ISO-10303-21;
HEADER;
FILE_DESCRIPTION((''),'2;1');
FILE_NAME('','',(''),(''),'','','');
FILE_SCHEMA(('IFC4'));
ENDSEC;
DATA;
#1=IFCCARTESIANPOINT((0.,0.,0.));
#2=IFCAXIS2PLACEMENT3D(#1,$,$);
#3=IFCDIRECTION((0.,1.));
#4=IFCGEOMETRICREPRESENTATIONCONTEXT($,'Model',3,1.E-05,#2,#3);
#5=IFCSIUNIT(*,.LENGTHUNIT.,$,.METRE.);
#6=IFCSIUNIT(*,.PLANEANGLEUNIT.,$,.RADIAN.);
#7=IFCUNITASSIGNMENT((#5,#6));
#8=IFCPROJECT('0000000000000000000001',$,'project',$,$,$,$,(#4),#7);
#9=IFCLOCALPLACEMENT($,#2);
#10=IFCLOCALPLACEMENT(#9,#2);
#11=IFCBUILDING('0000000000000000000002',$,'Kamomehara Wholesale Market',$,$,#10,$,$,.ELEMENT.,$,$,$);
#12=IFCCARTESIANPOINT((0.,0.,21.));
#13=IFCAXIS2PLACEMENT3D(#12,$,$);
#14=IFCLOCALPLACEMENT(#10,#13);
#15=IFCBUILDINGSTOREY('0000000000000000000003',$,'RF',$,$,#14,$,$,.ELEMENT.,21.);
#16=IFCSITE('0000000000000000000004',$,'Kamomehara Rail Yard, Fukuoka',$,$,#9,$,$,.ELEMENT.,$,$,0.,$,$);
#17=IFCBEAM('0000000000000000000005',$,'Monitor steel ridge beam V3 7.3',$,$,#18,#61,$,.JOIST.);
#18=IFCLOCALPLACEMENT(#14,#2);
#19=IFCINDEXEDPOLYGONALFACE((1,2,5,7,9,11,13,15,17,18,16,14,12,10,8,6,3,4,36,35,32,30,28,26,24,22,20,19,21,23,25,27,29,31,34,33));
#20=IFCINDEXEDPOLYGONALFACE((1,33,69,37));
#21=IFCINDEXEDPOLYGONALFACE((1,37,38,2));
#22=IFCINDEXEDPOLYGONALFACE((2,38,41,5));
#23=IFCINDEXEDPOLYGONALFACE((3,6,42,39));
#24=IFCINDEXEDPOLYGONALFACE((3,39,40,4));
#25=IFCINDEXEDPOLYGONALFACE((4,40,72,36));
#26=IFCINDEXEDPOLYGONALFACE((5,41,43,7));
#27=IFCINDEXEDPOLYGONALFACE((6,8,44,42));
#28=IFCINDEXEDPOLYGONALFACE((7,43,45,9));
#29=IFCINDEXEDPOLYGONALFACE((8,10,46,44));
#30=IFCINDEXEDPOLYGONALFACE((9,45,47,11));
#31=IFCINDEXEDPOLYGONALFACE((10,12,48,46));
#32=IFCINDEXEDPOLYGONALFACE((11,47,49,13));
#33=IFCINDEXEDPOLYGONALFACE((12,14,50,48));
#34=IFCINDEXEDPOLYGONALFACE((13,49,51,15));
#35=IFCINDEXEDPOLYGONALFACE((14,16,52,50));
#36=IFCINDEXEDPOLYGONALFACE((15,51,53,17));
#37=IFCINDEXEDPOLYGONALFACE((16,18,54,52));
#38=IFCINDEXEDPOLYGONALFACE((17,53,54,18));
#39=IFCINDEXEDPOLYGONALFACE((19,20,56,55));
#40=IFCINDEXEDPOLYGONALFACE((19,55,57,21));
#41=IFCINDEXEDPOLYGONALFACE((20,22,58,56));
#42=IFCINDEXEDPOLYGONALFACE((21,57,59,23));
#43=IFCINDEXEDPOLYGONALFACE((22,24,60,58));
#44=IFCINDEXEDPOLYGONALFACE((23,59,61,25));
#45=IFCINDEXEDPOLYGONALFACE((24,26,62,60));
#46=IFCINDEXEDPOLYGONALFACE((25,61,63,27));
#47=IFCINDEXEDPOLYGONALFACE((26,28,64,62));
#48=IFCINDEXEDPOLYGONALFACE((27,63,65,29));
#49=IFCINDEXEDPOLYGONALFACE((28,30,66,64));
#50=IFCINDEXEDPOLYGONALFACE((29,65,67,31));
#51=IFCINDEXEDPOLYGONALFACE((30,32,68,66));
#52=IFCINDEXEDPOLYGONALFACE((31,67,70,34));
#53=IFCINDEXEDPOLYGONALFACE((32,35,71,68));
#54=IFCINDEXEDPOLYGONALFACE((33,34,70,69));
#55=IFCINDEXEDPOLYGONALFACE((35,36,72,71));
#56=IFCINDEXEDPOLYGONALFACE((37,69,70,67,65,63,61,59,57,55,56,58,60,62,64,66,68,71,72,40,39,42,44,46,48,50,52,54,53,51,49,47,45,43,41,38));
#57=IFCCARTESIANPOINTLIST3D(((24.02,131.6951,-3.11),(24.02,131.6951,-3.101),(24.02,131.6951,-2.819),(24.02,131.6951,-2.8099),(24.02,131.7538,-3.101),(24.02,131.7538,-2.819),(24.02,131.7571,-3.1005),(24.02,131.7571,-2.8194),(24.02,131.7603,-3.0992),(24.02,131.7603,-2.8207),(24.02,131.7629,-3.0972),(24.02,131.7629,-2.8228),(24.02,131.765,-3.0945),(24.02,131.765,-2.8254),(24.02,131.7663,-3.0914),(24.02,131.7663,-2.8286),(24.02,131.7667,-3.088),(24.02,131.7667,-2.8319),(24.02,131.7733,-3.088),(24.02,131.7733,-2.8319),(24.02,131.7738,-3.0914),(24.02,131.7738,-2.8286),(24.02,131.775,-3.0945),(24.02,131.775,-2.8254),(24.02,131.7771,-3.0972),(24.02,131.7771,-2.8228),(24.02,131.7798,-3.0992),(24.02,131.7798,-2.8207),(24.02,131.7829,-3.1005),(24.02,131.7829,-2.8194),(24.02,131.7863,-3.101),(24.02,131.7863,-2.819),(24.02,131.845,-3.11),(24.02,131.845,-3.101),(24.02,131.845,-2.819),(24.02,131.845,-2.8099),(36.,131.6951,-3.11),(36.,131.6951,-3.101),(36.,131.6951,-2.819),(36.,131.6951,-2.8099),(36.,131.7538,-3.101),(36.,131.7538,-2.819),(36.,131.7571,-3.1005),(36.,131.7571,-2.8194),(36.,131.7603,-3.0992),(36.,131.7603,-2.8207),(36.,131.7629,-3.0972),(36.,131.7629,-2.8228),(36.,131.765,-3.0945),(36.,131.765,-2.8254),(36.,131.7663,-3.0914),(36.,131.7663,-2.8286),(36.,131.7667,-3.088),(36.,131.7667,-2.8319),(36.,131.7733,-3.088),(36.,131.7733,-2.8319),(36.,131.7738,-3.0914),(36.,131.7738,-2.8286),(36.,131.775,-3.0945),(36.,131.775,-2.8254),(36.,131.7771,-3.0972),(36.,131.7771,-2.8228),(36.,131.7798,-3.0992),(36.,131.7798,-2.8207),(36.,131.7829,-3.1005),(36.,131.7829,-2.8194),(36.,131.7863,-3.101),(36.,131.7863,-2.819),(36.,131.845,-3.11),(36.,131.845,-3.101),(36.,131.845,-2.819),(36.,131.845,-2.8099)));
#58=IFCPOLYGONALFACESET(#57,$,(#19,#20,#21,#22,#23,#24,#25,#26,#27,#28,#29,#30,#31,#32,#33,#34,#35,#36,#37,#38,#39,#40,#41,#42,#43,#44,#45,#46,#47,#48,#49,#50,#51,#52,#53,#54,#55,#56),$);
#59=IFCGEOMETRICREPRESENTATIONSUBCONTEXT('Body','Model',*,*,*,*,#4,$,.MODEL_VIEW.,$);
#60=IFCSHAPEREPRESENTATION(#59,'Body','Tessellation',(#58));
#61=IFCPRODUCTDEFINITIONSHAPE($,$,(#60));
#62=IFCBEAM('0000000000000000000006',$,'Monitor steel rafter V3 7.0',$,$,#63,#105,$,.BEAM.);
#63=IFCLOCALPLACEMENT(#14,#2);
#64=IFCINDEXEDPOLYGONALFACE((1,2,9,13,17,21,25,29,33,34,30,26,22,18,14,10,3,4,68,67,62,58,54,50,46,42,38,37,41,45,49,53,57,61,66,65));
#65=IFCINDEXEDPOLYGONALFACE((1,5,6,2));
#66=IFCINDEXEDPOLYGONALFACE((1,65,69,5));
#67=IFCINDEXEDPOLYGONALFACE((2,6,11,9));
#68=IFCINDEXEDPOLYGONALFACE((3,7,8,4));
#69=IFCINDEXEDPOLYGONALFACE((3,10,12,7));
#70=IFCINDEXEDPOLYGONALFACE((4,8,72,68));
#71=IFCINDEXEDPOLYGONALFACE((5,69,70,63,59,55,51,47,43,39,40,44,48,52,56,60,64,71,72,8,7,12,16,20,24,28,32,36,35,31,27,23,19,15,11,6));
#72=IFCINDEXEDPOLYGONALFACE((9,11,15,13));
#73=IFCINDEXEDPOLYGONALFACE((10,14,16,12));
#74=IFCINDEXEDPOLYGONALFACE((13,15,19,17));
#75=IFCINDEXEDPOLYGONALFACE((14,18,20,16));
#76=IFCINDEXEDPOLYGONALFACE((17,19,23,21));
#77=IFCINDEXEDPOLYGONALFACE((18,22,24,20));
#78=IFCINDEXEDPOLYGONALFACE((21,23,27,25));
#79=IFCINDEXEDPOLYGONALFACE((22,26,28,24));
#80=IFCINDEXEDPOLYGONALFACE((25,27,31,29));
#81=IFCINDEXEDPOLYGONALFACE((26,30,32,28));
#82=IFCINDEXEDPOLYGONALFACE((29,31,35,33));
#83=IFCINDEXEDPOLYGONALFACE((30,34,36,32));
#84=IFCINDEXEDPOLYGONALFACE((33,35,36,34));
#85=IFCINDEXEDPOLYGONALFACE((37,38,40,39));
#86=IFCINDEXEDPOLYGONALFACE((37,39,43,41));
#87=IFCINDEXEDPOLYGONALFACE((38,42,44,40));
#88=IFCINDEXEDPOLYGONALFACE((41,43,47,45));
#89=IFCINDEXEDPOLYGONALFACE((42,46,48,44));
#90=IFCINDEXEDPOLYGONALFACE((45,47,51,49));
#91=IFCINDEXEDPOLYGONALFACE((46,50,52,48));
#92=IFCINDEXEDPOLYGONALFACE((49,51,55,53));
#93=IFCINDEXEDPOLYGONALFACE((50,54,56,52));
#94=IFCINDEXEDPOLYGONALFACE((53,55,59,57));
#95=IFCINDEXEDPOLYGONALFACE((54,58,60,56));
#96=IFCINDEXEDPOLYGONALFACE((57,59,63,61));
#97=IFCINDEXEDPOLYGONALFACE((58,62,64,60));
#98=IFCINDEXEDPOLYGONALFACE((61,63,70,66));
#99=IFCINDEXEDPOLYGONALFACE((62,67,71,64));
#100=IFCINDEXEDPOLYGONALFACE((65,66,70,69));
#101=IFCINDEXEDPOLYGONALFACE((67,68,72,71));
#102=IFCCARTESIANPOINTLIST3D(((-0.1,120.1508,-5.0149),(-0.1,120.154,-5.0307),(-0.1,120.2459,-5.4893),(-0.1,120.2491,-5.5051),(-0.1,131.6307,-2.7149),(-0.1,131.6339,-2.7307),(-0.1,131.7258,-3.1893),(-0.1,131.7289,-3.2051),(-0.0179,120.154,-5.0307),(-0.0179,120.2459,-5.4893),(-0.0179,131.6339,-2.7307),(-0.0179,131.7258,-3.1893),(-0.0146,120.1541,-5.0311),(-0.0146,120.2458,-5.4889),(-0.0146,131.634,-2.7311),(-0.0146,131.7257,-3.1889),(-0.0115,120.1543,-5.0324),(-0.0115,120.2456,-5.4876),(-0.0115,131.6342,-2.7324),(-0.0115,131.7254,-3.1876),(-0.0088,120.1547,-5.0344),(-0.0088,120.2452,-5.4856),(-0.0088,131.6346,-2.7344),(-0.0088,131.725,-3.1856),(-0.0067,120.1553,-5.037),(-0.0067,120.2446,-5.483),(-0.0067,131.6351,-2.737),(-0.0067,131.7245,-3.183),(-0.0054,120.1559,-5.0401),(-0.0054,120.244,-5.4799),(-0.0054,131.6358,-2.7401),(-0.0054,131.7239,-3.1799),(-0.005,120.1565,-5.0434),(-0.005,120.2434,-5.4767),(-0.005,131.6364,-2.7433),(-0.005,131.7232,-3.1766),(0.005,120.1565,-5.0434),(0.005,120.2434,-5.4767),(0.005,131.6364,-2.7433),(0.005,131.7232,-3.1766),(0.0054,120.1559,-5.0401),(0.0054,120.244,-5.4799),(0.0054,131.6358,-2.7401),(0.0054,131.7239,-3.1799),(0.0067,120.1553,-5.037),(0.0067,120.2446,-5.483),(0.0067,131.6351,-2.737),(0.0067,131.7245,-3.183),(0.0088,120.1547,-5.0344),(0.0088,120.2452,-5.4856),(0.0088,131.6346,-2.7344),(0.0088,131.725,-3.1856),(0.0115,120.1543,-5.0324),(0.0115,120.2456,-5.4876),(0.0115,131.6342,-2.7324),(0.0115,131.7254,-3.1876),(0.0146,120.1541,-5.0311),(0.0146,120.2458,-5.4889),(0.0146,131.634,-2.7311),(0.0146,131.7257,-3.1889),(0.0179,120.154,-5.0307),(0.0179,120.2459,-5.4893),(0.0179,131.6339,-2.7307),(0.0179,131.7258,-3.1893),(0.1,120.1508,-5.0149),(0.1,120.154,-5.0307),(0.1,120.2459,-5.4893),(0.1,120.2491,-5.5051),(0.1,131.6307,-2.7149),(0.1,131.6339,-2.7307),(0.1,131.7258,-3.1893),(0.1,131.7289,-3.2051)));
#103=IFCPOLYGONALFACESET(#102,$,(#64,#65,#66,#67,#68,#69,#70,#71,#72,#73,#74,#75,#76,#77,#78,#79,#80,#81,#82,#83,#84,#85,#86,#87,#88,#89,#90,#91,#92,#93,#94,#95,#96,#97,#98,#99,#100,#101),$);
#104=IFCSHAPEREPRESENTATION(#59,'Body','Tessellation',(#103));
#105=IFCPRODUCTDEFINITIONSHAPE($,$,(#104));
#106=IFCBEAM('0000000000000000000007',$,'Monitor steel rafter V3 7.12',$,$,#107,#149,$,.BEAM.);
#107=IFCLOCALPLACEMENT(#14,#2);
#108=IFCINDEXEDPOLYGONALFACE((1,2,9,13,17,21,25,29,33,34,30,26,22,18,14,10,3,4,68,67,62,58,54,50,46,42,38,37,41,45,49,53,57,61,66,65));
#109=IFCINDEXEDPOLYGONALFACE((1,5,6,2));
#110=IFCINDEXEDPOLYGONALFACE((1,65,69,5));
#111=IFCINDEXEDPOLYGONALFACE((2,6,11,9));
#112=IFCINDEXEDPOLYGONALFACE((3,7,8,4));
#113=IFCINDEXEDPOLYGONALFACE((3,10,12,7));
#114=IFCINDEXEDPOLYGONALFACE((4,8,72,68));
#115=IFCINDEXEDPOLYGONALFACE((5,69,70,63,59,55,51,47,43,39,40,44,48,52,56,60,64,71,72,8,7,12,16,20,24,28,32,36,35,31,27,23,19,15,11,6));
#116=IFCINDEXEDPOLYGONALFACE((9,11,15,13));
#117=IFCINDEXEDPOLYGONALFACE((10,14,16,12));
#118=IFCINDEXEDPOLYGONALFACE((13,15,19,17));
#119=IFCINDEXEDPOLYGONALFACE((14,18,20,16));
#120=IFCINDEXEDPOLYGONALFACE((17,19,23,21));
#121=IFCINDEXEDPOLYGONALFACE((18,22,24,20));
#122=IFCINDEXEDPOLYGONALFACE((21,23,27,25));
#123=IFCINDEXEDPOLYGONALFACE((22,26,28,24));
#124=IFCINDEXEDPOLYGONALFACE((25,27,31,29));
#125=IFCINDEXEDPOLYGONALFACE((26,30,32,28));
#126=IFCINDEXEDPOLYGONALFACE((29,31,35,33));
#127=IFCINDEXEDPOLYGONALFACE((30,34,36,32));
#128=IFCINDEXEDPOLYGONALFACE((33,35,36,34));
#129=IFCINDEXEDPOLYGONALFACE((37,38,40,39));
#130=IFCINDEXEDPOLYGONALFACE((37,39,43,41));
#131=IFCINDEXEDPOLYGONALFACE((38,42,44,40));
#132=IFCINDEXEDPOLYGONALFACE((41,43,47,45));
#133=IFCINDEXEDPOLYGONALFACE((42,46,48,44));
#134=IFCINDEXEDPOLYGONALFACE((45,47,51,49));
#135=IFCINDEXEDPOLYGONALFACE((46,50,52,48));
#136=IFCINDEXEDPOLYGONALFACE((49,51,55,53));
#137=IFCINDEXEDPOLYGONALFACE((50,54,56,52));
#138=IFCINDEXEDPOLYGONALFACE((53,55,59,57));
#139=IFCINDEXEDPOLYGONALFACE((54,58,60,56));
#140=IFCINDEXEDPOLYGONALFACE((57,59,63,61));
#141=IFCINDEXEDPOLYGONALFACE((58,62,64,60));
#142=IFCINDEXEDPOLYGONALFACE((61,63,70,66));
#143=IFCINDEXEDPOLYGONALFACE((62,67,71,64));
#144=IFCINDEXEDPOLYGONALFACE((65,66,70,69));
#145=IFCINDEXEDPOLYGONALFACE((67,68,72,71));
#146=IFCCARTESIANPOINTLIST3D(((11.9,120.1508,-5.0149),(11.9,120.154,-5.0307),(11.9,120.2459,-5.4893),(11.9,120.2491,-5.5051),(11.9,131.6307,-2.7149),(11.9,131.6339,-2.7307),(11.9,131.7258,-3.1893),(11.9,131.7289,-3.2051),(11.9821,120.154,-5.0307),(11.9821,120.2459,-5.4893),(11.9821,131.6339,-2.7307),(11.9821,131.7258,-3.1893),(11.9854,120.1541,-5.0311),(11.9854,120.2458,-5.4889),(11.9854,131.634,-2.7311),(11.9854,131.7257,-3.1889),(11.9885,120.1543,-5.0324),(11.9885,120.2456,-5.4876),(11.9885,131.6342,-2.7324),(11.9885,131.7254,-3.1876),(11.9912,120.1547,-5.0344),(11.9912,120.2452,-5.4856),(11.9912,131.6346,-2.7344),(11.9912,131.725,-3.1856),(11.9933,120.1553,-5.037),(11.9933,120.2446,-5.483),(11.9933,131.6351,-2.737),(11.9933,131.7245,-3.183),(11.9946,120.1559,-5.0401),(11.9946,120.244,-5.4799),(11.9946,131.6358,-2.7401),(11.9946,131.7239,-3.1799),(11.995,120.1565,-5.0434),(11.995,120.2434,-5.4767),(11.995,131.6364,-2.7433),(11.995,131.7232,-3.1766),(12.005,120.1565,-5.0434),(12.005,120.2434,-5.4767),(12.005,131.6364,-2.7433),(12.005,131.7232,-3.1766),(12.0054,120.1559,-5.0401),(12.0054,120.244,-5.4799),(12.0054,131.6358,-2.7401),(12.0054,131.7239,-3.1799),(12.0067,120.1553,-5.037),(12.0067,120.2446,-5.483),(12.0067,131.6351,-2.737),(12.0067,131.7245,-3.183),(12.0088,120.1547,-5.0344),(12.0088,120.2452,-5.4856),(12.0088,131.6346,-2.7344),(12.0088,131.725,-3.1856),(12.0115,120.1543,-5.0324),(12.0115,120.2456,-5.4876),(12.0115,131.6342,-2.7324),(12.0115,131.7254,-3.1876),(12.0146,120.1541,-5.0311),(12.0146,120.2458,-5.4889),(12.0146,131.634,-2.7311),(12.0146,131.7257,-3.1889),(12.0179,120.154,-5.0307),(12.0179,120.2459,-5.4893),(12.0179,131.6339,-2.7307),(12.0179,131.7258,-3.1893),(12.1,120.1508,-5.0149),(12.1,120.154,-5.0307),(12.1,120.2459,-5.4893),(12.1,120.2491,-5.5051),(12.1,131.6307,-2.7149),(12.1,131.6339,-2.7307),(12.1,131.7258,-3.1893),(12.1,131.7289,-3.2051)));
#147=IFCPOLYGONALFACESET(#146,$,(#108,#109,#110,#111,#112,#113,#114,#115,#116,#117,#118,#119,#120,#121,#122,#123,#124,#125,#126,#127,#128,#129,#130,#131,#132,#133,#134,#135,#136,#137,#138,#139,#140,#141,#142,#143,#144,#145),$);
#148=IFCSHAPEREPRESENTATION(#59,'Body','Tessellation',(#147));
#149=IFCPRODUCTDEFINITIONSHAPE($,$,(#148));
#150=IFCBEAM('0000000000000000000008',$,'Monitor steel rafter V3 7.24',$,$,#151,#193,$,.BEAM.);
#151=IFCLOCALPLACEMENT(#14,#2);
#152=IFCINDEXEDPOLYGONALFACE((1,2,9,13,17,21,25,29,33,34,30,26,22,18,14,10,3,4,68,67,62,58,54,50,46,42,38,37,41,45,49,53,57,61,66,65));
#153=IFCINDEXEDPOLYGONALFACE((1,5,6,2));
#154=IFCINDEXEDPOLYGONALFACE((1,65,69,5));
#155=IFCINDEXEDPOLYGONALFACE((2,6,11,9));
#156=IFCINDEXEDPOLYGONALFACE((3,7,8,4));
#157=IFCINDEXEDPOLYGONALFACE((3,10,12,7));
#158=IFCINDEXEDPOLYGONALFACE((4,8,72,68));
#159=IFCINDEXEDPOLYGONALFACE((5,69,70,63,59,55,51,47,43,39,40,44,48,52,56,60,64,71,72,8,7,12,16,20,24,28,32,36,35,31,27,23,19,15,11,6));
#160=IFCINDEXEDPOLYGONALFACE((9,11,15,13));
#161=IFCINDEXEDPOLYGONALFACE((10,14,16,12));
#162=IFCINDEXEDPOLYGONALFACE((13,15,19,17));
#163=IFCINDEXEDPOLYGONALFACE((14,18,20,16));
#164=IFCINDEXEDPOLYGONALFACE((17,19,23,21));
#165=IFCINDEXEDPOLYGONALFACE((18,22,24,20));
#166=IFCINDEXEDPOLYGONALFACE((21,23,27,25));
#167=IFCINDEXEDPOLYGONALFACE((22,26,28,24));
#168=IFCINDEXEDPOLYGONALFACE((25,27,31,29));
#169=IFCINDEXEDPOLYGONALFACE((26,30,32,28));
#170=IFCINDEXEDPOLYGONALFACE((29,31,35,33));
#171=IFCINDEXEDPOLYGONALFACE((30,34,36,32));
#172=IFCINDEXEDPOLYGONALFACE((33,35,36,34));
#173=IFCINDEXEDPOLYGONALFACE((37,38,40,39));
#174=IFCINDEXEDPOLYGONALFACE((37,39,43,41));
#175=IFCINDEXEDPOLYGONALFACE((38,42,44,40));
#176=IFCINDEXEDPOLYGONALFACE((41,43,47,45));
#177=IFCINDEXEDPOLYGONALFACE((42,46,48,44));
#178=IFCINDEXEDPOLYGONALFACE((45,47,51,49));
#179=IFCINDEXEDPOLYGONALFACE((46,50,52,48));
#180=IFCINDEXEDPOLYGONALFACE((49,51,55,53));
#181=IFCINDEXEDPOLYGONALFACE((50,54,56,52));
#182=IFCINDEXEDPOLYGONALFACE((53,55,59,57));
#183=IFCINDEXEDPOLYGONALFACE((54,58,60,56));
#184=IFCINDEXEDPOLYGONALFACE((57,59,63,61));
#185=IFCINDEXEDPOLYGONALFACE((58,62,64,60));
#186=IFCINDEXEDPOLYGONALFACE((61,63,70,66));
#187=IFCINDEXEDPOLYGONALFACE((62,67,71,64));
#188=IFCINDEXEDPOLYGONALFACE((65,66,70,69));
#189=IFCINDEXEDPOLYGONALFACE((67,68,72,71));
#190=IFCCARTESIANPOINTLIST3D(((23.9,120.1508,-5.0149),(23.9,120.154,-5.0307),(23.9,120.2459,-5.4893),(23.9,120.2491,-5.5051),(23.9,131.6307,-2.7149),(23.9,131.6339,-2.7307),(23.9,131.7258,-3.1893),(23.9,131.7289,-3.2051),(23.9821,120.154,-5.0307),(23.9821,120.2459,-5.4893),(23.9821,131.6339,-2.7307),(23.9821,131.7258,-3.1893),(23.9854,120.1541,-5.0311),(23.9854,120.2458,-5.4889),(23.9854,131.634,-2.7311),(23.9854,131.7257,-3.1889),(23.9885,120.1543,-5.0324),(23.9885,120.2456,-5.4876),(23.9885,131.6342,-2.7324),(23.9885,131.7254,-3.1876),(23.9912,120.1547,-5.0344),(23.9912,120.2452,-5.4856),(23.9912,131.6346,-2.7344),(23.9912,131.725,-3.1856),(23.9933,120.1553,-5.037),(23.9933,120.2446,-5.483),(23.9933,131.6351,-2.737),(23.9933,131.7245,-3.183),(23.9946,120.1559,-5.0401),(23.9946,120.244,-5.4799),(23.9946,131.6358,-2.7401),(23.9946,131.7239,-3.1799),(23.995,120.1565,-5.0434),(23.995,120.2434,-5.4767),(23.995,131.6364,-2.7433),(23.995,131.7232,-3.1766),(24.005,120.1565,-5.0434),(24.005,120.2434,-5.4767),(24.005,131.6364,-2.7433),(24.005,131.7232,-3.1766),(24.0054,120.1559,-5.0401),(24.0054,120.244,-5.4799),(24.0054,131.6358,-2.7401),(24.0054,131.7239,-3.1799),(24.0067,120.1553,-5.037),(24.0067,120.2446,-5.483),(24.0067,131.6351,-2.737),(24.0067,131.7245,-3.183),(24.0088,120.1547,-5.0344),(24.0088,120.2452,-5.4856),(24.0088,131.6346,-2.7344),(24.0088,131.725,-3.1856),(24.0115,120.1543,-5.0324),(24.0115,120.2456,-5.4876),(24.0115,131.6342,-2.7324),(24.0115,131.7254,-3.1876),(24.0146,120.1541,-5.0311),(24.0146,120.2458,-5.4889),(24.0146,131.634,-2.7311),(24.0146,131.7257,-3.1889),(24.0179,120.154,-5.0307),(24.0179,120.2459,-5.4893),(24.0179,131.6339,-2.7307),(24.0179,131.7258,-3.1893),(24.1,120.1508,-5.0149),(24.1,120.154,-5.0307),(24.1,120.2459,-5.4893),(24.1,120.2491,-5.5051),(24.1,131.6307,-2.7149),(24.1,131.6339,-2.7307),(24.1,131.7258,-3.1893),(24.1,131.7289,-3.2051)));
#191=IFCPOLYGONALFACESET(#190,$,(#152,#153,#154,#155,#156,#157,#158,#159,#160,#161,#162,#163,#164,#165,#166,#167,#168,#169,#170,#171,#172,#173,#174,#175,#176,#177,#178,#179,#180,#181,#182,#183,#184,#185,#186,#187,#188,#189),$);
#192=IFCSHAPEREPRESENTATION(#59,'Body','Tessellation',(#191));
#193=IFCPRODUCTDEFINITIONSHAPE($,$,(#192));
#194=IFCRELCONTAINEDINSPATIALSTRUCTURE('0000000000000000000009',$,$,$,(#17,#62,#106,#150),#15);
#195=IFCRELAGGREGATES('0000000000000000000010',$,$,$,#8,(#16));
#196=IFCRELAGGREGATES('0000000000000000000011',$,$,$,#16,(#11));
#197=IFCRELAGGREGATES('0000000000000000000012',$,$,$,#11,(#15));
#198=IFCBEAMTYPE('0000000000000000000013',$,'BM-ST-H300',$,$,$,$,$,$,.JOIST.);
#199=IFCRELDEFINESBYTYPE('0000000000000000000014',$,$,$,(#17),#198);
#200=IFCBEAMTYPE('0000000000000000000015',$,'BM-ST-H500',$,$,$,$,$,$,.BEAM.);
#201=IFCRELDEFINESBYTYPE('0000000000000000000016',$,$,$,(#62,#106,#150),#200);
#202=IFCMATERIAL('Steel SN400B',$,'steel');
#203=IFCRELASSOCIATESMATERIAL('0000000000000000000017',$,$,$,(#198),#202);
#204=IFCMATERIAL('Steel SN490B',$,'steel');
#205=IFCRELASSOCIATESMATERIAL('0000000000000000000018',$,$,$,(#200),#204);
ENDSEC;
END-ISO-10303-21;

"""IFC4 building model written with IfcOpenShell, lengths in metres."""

from ifc_helpers import new_model, si_unit, direction, frame, origin, origin_2d, place, context, subcontext, project, spatial, i_section, extrude, material, material_profile, profile_set, type_object, element, save


model = new_model("IFC4")

# Units and contexts
model_context = context("Model", 3, precision=1e-05, world=origin(), true_north=direction((0.0, 1.0)))
body_context = subcontext(model_context, "Body", "Model", "MODEL_VIEW")
ifc_project = project(units=[si_unit("LENGTHUNIT", "METRE"), si_unit("PLANEANGLEUNIT", "RADIAN")], contexts=[model_context])

# Site, building, storey
site_placement = place(None, origin())
site = spatial("IfcSite", under=ifc_project, at=site_placement, Name="Kamomehara Rail Yard, Fukuoka", CompositionType="ELEMENT", RefElevation=0.0)
building_placement = place(site_placement, origin())
building = spatial("IfcBuilding", under=site, at=building_placement, Name="Kamomehara Wholesale Market", CompositionType="ELEMENT")
storey_placement = place(building_placement, frame((0.0, 0.0, 21.0)))
storey = spatial("IfcBuildingStorey", under=building, at=storey_placement, Name="RF", CompositionType="ELEMENT", Elevation=21.0)

# Beams
ifc_material_1 = material(Name="Steel SN400B", Category="steel")
ifc_material_profile_1 = material_profile(ifc_material_1, i_section(OverallWidth=0.1499, OverallDepth=0.3, WebThickness=0.0066, FlangeThickness=0.009, FilletRadius=0.0129, at=origin_2d()), Name="H-300x150x6.5x9")
ifc_profile_set_1 = profile_set([ifc_material_profile_1], Name="Steel SN400B")
beam_type_1 = type_object("IfcBeamType", Name="BM-ST-H300", PredefinedType="JOIST", material=ifc_profile_set_1)
beam_1_placement = place(storey_placement, frame((24.02, 131.77, -2.96), z_axis=(1.0, 0.0, 0.0), x_axis=(0.0, 1.0, 0.0)))
element("IfcBeam", 1, at=beam_1_placement, inside=storey, type_object=beam_type_1, Name="Monitor steel ridge beam V3 7.3", PredefinedType="JOIST", context=body_context, shape_type="SweptSolid", body=[
    extrude(i_section(OverallWidth=0.1499, OverallDepth=0.3, WebThickness=0.0066, FlangeThickness=0.009, FilletRadius=0.0129, at=origin_2d()), origin(), (0.0, 0.0, 1.0), 11.98),
])
ifc_material_2 = material(Name="Steel SN490B", Category="steel")
ifc_material_profile_2 = material_profile(ifc_material_2, i_section(OverallWidth=0.2, OverallDepth=0.5, WebThickness=0.01, FlangeThickness=0.0161, FilletRadius=0.0129, at=origin_2d()), Name="H-500x200x10x16")
ifc_profile_set_2 = profile_set([ifc_material_profile_2], Name="Steel SN490B")
beam_type_2 = type_object("IfcBeamType", Name="BM-ST-H500", PredefinedType="BEAM", material=ifc_profile_set_2)
for number, where, z_axis, x_axis, name in (
    (2, (0.0, 120.2, -5.26), (0.0, 0.980514, 0.196449), (-1.0, 0.0, 0.0), "Monitor steel rafter V3 7.0"),
    (3, (12.0, 120.2, -5.26), (0.0, 0.980514, 0.196449), (-1.0, 0.0, 0.0), "Monitor steel rafter V3 7.12"),
    (4, (24.0, 120.2, -5.26), (0.0, 0.980514, 0.196449), (-1.0, 0.0, 0.0), "Monitor steel rafter V3 7.24"),
):
    element("IfcBeam", number, at=place(storey_placement, frame(where, z_axis=z_axis, x_axis=x_axis)), inside=storey, type_object=beam_type_2, Name=name, PredefinedType="BEAM", context=body_context, shape_type="SweptSolid", body=[
        extrude(i_section(OverallWidth=0.2, OverallDepth=0.5, WebThickness=0.01, FlangeThickness=0.0161, FilletRadius=0.0129, at=origin_2d()), origin(), (0.0, 0.0, 1.0), 11.708),
    ])

save(model, "model.ifc")
